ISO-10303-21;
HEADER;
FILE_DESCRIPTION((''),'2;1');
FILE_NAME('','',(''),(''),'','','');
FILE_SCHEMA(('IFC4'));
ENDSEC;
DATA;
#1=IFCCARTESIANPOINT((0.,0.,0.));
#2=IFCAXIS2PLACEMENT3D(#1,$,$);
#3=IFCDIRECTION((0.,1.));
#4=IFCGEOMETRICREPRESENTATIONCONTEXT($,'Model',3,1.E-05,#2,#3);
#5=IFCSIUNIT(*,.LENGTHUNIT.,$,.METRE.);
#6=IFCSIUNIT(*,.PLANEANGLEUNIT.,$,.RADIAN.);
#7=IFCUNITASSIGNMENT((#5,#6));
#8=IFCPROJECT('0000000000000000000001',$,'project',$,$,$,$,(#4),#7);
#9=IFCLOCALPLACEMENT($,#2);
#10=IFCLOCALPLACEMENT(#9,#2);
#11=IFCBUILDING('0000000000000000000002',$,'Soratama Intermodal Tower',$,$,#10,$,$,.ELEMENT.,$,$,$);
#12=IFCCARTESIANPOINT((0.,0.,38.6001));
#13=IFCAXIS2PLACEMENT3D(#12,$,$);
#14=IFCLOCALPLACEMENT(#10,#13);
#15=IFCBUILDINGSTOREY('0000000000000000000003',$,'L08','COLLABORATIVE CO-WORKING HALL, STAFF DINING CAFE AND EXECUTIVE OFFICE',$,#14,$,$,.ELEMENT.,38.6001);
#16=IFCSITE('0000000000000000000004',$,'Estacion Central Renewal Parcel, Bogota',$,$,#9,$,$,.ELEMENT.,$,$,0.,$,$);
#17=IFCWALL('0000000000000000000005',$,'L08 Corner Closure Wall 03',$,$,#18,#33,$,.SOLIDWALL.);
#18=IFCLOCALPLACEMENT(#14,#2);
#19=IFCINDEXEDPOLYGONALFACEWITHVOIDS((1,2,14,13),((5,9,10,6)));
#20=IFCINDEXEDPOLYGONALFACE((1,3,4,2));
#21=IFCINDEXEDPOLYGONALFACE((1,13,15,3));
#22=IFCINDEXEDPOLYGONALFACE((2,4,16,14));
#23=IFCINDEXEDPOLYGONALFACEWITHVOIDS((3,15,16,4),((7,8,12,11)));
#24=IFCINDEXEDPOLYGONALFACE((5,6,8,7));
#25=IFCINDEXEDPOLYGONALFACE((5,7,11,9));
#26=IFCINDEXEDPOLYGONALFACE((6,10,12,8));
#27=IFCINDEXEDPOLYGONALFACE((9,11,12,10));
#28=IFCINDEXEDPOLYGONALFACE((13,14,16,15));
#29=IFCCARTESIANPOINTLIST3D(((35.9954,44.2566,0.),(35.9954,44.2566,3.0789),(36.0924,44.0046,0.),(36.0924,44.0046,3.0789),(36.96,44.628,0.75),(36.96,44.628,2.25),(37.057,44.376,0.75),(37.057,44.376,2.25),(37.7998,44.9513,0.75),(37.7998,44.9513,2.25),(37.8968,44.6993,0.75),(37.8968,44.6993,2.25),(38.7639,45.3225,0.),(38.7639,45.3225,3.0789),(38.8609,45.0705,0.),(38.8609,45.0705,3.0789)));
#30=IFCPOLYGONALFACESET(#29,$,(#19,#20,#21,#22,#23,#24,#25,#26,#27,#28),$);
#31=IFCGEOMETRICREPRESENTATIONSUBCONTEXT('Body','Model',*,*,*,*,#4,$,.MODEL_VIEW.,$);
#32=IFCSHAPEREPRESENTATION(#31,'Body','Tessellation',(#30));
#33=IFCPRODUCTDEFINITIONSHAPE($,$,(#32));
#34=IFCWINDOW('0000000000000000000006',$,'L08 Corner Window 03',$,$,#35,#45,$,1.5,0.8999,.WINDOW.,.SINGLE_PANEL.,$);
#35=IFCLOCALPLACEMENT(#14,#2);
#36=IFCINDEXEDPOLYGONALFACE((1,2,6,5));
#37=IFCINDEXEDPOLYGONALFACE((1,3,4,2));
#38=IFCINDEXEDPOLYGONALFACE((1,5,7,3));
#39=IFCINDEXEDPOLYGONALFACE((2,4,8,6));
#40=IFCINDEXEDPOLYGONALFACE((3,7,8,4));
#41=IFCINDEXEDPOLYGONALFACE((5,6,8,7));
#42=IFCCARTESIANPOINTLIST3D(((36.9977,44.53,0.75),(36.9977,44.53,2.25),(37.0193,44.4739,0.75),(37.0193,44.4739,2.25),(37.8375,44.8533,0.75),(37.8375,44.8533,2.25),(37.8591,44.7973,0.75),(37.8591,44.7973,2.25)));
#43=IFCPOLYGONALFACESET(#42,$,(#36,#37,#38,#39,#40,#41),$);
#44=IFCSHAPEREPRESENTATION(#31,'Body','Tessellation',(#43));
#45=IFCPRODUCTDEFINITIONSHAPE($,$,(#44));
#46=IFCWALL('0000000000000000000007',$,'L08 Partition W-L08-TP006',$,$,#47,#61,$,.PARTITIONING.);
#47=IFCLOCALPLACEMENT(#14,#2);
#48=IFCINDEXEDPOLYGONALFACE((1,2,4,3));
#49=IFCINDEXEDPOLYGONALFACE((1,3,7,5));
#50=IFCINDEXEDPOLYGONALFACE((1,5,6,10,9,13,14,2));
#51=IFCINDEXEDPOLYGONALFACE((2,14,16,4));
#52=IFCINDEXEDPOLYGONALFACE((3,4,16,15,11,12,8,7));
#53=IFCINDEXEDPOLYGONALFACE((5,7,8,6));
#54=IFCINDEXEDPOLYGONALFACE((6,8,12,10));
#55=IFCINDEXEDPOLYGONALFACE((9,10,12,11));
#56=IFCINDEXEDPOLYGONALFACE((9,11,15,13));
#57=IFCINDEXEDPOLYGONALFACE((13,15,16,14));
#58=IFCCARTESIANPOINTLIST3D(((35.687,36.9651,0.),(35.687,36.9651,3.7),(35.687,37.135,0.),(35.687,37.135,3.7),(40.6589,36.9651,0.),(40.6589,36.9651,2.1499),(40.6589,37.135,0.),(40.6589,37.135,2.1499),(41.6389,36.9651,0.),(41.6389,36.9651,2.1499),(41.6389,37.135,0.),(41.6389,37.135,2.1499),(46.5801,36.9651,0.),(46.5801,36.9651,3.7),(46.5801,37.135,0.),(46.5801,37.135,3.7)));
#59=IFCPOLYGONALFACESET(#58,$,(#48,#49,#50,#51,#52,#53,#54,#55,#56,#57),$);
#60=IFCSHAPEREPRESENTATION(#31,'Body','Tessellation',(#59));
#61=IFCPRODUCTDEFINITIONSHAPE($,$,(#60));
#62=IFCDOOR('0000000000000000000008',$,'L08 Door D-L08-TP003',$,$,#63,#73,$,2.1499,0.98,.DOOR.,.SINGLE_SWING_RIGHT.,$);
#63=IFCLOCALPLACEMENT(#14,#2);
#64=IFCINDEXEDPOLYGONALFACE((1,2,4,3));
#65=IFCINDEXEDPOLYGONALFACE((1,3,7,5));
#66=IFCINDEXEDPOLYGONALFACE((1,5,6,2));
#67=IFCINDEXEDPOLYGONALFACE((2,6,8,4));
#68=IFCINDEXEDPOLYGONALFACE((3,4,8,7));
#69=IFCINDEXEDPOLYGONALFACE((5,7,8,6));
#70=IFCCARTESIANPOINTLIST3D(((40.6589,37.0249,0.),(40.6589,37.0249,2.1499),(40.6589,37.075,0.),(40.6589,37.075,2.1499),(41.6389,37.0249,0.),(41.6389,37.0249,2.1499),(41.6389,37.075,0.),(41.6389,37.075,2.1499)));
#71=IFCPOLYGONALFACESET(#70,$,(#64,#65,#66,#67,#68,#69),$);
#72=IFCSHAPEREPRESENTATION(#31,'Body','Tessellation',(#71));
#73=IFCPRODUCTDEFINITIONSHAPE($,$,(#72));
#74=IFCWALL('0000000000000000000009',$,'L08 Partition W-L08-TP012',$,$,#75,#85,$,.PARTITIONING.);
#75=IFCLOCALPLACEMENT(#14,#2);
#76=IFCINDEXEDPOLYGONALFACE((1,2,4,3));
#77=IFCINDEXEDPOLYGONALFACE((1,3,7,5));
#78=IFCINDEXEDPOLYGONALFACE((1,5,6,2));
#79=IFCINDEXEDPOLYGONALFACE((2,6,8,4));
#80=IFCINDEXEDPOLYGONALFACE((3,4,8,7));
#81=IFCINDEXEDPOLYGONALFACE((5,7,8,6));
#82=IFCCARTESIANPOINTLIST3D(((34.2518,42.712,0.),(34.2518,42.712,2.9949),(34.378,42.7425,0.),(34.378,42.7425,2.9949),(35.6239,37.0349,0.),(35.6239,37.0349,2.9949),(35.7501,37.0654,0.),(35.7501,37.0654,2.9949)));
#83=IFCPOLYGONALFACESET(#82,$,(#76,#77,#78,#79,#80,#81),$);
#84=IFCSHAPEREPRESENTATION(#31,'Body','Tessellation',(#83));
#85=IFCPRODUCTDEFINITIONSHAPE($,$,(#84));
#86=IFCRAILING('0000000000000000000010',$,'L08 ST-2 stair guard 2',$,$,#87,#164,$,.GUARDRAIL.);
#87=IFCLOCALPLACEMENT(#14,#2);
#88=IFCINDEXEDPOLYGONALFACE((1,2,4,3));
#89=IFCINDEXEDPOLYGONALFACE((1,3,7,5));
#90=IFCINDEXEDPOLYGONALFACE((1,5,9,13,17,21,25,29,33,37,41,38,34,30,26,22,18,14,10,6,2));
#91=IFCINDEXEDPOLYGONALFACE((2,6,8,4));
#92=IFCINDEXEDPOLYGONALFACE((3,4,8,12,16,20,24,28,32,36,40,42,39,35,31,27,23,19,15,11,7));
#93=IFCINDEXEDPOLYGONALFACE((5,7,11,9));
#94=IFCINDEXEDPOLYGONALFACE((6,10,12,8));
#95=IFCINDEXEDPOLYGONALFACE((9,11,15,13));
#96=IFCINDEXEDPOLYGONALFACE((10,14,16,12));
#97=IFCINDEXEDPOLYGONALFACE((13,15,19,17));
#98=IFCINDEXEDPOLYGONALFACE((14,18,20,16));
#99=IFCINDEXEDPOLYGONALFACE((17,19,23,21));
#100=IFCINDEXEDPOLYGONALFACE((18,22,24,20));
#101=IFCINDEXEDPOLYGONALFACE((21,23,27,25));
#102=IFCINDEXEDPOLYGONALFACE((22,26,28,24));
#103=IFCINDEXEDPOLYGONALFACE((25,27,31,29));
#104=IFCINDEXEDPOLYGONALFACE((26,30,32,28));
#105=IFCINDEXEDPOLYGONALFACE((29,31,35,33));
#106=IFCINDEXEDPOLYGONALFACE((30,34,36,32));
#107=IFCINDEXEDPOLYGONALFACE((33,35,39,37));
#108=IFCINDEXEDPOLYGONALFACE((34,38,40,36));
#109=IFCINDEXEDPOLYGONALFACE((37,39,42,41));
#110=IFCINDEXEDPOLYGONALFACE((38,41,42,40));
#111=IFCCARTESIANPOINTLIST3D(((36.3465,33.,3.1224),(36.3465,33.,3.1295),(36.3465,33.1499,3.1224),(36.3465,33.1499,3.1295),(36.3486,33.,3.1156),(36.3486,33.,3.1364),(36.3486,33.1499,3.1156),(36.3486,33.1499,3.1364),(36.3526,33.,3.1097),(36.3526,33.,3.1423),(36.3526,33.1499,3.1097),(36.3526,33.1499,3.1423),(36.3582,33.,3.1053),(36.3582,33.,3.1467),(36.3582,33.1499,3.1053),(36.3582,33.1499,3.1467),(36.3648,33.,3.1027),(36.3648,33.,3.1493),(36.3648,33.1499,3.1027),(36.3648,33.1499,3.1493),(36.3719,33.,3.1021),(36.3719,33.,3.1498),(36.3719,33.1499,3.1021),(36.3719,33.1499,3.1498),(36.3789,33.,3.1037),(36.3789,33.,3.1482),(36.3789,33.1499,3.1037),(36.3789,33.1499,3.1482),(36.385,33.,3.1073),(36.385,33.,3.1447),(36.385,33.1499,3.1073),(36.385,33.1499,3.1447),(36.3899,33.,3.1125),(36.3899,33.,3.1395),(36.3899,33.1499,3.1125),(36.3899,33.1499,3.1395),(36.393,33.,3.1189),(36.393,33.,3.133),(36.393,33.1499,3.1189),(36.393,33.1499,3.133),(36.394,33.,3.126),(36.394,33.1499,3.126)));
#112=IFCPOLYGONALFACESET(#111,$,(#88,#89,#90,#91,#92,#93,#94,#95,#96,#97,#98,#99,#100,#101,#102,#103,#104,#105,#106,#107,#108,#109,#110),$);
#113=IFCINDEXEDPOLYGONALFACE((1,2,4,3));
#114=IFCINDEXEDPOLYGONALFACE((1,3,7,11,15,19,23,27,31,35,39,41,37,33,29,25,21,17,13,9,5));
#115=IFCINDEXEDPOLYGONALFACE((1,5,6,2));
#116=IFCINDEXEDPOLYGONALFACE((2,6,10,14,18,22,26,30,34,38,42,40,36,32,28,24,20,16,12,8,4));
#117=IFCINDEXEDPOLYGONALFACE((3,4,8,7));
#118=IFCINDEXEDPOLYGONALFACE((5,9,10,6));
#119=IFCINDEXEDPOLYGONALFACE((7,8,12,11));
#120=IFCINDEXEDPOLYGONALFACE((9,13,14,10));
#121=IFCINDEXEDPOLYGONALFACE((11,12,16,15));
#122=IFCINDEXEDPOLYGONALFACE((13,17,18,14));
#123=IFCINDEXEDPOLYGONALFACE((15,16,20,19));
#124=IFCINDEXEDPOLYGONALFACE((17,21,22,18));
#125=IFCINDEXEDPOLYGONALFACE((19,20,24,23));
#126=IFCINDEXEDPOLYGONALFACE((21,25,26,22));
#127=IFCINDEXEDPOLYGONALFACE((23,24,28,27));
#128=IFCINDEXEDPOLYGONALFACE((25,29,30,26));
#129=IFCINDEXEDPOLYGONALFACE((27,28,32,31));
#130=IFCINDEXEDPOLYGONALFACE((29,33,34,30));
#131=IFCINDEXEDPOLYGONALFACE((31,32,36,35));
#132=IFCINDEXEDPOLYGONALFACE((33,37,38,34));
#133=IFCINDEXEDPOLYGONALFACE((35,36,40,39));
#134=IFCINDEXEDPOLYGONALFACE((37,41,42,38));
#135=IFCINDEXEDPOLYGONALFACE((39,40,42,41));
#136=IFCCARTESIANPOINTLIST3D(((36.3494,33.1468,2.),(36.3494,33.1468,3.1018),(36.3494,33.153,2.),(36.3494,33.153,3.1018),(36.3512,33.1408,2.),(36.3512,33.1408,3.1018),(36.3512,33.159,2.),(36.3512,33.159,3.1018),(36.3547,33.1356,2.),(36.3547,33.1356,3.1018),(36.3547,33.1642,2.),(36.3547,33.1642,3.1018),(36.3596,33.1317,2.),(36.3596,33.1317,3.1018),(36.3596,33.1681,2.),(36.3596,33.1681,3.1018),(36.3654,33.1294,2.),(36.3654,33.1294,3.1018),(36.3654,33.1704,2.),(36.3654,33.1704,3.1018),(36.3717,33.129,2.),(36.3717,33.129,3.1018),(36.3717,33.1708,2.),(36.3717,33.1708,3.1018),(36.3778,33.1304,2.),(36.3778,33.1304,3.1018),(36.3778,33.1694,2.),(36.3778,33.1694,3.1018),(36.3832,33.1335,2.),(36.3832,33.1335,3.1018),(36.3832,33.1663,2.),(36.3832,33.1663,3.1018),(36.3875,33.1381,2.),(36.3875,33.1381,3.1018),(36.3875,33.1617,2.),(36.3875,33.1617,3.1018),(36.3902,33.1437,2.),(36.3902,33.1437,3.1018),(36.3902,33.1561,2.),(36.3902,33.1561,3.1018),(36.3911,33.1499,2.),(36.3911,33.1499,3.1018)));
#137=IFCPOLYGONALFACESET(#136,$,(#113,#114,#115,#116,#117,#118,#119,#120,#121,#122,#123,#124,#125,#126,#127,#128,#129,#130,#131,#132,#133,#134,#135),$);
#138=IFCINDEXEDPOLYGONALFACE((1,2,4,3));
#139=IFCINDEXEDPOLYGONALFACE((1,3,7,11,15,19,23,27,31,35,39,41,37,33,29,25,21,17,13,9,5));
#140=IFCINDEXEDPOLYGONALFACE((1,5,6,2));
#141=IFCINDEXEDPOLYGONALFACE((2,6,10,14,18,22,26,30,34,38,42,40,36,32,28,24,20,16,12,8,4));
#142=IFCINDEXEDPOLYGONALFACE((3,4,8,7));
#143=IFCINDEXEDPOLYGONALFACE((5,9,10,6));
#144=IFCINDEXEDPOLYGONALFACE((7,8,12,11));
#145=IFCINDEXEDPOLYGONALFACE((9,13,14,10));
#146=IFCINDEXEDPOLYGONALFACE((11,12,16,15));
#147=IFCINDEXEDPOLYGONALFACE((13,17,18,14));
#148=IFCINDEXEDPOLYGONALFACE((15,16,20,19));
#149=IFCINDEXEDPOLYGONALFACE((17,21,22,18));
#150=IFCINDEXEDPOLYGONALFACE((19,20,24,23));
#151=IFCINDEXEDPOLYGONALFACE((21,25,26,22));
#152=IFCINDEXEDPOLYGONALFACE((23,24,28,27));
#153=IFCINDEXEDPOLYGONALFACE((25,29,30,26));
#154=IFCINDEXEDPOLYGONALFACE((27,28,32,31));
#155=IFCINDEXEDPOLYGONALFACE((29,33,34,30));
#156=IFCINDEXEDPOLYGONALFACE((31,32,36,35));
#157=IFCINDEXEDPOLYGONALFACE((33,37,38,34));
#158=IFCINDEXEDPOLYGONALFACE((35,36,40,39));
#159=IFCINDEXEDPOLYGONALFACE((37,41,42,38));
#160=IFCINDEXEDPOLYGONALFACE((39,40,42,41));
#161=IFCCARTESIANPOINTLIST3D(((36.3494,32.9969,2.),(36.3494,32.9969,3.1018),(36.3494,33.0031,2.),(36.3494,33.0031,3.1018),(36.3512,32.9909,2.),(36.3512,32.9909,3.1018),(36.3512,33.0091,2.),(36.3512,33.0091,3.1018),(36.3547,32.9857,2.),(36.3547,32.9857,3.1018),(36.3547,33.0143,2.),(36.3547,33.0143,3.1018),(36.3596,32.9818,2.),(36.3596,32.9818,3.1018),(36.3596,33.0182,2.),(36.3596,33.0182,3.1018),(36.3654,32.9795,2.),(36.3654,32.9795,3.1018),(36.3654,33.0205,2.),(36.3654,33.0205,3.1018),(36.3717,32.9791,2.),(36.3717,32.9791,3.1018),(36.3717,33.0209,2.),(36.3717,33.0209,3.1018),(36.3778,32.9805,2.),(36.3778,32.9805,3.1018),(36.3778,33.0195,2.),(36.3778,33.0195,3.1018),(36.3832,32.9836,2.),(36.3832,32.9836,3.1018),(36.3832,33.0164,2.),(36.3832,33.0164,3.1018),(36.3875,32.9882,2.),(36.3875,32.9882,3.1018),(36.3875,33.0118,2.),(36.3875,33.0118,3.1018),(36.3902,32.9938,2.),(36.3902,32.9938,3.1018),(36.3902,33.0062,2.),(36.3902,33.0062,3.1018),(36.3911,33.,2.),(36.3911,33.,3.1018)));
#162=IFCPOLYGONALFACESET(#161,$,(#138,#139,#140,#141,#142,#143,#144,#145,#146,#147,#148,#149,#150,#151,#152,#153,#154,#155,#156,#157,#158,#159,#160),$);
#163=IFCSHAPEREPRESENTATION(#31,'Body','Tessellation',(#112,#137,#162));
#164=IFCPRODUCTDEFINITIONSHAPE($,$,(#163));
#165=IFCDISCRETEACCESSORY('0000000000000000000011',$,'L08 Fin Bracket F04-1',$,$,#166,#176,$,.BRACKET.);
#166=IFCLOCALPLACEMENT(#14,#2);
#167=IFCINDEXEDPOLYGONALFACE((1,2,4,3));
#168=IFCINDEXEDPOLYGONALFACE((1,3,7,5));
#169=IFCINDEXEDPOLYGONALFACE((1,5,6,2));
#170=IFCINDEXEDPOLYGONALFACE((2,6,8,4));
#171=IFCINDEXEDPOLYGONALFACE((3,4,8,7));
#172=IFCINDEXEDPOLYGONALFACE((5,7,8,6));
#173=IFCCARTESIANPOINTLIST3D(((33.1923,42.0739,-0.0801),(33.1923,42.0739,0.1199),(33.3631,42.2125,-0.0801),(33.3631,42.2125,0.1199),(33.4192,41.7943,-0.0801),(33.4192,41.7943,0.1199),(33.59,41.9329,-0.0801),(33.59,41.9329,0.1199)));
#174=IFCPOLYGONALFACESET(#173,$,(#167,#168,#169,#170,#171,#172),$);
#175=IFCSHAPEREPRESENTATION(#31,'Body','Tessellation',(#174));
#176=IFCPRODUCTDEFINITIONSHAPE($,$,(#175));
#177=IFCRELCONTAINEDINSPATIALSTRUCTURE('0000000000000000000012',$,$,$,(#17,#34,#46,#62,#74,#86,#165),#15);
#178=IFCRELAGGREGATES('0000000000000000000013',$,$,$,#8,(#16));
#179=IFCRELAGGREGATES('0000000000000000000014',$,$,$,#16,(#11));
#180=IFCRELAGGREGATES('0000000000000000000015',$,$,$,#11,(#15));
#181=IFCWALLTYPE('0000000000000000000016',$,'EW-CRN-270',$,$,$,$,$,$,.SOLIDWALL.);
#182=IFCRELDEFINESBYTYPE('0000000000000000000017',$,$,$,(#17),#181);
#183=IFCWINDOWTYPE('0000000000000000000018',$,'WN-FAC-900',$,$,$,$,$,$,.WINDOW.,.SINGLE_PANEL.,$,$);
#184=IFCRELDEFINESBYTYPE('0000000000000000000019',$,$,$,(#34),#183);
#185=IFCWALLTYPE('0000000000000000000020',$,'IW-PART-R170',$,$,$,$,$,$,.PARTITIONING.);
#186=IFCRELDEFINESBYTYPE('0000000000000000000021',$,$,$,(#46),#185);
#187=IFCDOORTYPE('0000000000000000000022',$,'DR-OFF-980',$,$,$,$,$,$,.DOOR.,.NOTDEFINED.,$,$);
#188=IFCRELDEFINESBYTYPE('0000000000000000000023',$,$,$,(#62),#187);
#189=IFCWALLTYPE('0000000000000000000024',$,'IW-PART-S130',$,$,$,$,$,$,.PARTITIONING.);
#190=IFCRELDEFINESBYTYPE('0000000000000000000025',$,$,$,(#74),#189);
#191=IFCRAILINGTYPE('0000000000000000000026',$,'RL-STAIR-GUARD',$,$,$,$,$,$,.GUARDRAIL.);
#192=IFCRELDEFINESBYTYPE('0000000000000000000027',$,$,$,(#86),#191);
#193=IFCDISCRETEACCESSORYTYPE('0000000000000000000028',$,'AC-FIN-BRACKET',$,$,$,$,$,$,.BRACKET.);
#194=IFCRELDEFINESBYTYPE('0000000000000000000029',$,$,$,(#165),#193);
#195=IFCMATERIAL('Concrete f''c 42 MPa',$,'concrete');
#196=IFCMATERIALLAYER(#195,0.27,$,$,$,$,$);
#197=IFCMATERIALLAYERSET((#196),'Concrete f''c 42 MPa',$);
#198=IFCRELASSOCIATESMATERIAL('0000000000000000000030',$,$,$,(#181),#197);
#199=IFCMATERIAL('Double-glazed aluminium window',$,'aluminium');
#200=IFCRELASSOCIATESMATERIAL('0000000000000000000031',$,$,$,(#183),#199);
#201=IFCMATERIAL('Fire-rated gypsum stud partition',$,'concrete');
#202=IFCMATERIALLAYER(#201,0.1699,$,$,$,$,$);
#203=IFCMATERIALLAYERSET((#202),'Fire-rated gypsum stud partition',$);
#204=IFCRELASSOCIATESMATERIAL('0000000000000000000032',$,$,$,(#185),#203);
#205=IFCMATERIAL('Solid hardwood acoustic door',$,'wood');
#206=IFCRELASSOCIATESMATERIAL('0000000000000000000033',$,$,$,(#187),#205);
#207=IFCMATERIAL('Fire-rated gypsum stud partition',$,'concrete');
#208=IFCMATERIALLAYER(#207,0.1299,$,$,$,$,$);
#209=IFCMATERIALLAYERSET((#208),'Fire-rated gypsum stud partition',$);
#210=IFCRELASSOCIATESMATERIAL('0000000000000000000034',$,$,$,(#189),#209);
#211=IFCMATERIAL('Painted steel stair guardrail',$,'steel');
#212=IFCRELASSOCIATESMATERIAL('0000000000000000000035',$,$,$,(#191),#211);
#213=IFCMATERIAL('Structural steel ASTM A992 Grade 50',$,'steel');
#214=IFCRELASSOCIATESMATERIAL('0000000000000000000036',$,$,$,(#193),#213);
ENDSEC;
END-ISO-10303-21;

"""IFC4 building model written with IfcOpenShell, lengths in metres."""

from ifc_helpers import new_model, si_unit, direction, frame, frame_2d, origin, origin_2d, place, context, subcontext, project, spatial, rectangle, circle, extrude, material, layer, layer_set, type_object, element, fill, save


model = new_model("IFC4")

# Units and contexts
model_context = context("Model", 3, precision=1e-05, world=origin(), true_north=direction((0.0, 1.0)))
body_context = subcontext(model_context, "Body", "Model", "MODEL_VIEW")
ifc_project = project(units=[si_unit("LENGTHUNIT", "METRE"), si_unit("PLANEANGLEUNIT", "RADIAN")], contexts=[model_context])

# Site, building, storey
site_placement = place(None, origin())
site = spatial("IfcSite", under=ifc_project, at=site_placement, Name="Estacion Central Renewal Parcel, Bogota", CompositionType="ELEMENT", RefElevation=0.0)
building_placement = place(site_placement, origin())
building = spatial("IfcBuilding", under=site, at=building_placement, Name="Soratama Intermodal Tower", CompositionType="ELEMENT")
storey_placement = place(building_placement, frame((0.0, 0.0, 38.6001)))
storey = spatial("IfcBuildingStorey", under=building, at=storey_placement, Name="L08", Description="COLLABORATIVE CO-WORKING HALL, STAFF DINING CAFE AND EXECUTIVE OFFICE", CompositionType="ELEMENT", Elevation=38.6001)

# Wall, opening, window
ifc_material_1 = material(Name="Concrete f'c 42 MPa", Category="concrete")
ifc_layer_1 = layer(ifc_material_1, 0.27)
ifc_layer_set_1 = layer_set([ifc_layer_1], Name="Concrete f'c 42 MPa")
wall_type_1 = type_object("IfcWallType", Name="EW-CRN-270", PredefinedType="SOLIDWALL", material=ifc_layer_set_1)
wall_1_placement = place(storey_placement, frame((38.8125, 45.1965, 0.0), z_axis=(0.0, 0.0, 1.0), x_axis=(-0.933223, -0.359299, 0.0)))
wall_1 = element("IfcWall", 1, at=wall_1_placement, inside=storey, type_object=wall_type_1, Name="L08 Corner Closure Wall 03", PredefinedType="SOLIDWALL", context=body_context, shape_type="SweptSolid", body=[
    extrude(rectangle(XDim=2.9666, YDim=0.27, at=frame_2d((1.4834, 0.0))), origin(), (0.0, 0.0, 1.0), 3.0789),
])
opening_1_placement = place(wall_1_placement, frame((1.0332, 0.0, 0.75)))
opening_1 = element("IfcOpeningElement", 2, at=opening_1_placement, cuts=wall_1, PredefinedType="OPENING", context=body_context, shape_type="SweptSolid", body=[
    extrude(rectangle(XDim=0.8999, YDim=1.5, at=frame_2d((0.45, 0.75))), frame((0.0, 0.145, 0.0), z_axis=(0.0, -1.0, 0.0), x_axis=(1.0, 0.0, 0.0)), (0.0, 0.0, 1.0), 0.29),
])
ifc_material_2 = material(Name="Double-glazed aluminium window", Category="aluminium")
window_type = type_object("IfcWindowType", Name="WN-FAC-900", PartitioningType="SINGLE_PANEL", PredefinedType="WINDOW", material=ifc_material_2)
window_placement = place(opening_1_placement, origin())
window = element("IfcWindow", 3, at=window_placement, inside=storey, type_object=window_type, Name="L08 Corner Window 03", OverallHeight=1.5, OverallWidth=0.8999, PartitioningType="SINGLE_PANEL", PredefinedType="WINDOW", context=body_context, shape_type="SweptSolid", body=[
    extrude(rectangle(XDim=0.8999, YDim=1.5, at=frame_2d((0.45, 0.75))), frame((0.0, 0.03, 0.0), z_axis=(0.0, -1.0, 0.0), x_axis=(1.0, 0.0, 0.0)), (0.0, 0.0, 1.0), 0.0601),
])
fill(opening_1, window)

# Wall, opening, door
ifc_material_3 = material(Name="Fire-rated gypsum stud partition", Category="concrete")
ifc_layer_2 = layer(ifc_material_3, 0.1699)
ifc_layer_set_2 = layer_set([ifc_layer_2], Name="Fire-rated gypsum stud partition")
wall_type_2 = type_object("IfcWallType", Name="IW-PART-R170", PredefinedType="PARTITIONING", material=ifc_layer_set_2)
wall_2_placement = place(storey_placement, frame((35.687, 37.05, 0.0), z_axis=(0.0, 0.0, 1.0), x_axis=(1.0, 0.0, 0.0)))
wall_2 = element("IfcWall", 4, at=wall_2_placement, inside=storey, type_object=wall_type_2, Name="L08 Partition W-L08-TP006", PredefinedType="PARTITIONING", context=body_context, shape_type="SweptSolid", body=[
    extrude(rectangle(XDim=10.8931, YDim=0.1699, at=frame_2d((5.4465, 0.0))), origin(), (0.0, 0.0, 1.0), 3.7),
])
opening_2_placement = place(wall_2_placement, frame((4.9719, 0.0, 0.0)))
opening_2 = element("IfcOpeningElement", 5, at=opening_2_placement, cuts=wall_2, PredefinedType="OPENING", context=body_context, shape_type="SweptSolid", body=[
    extrude(rectangle(XDim=0.98, YDim=2.1499, at=frame_2d((0.49, 1.075))), frame((0.0, 0.095, 0.0), z_axis=(0.0, -1.0, 0.0), x_axis=(1.0, 0.0, 0.0)), (0.0, 0.0, 1.0), 0.1899),
])
ifc_material_4 = material(Name="Solid hardwood acoustic door", Category="wood")
door_type = type_object("IfcDoorType", Name="DR-OFF-980", OperationType="NOTDEFINED", PredefinedType="DOOR", material=ifc_material_4)
door_placement = place(opening_2_placement, origin())
door = element("IfcDoor", 6, at=door_placement, inside=storey, type_object=door_type, Name="L08 Door D-L08-TP003", OperationType="SINGLE_SWING_RIGHT", OverallHeight=2.1499, OverallWidth=0.98, PredefinedType="DOOR", context=body_context, shape_type="SweptSolid", body=[
    extrude(rectangle(XDim=0.98, YDim=2.1499, at=frame_2d((0.49, 1.075))), frame((0.0, 0.0249, 0.0), z_axis=(0.0, -1.0, 0.0), x_axis=(1.0, 0.0, 0.0)), (0.0, 0.0, 1.0), 0.05),
])
fill(opening_2, door)

# Wall
ifc_material_5 = material(Name="Fire-rated gypsum stud partition", Category="concrete")
ifc_layer_3 = layer(ifc_material_5, 0.1299)
ifc_layer_set_3 = layer_set([ifc_layer_3], Name="Fire-rated gypsum stud partition")
wall_type_3 = type_object("IfcWallType", Name="IW-PART-S130", PredefinedType="PARTITIONING", material=ifc_layer_set_3)
wall_3_placement = place(storey_placement, frame((35.687, 37.05, 0.0), z_axis=(0.0, 0.0, 1.0), x_axis=(-0.234925, 0.972013, 0.0)))
element("IfcWall", 7, at=wall_3_placement, inside=storey, type_object=wall_type_3, Name="L08 Partition W-L08-TP012", PredefinedType="PARTITIONING", context=body_context, shape_type="SweptSolid", body=[
    extrude(rectangle(XDim=5.8406, YDim=0.1299, at=frame_2d((2.9204, 0.0))), origin(), (0.0, 0.0, 1.0), 2.9949),
])

# Railing
ifc_material_6 = material(Name="Painted steel stair guardrail", Category="steel")
railing_type_1 = type_object("IfcRailingType", Name="RL-STAIR-GUARD", PredefinedType="GUARDRAIL", material=ifc_material_6)
railing_1_placement = place(storey_placement, frame((36.3701, 33.1499, 2.0)))
element("IfcRailing", 8, at=railing_1_placement, inside=storey, type_object=railing_type_1, Name="L08 ST-2 stair guard 2", PredefinedType="GUARDRAIL", context=body_context, shape_type="SweptSolid", body=[
    extrude(circle(Radius=0.0239, at=origin_2d()), frame((0.0, 0.0, 1.126), z_axis=(0.0, -1.0, 0.0), x_axis=(1.0, 0.0, 0.0)), (0.0, 0.0, 1.0), 0.1499),
    extrude(circle(Radius=0.021, at=origin_2d()), origin(), (0.0, 0.0, 1.0), 1.1018),
    extrude(circle(Radius=0.021, at=origin_2d()), frame((0.0, -0.1499, 0.0)), (0.0, 0.0, 1.0), 1.1018),
])

# Discrete accessory
ifc_material_7 = material(Name="Structural steel ASTM A992 Grade 50", Category="steel")
discrete_accessory_type = type_object("IfcDiscreteAccessoryType", Name="AC-FIN-BRACKET", PredefinedType="BRACKET", material=ifc_material_7)
discrete_accessory_placement = place(storey_placement, frame((33.3911, 42.0034, -0.0801), z_axis=(0.0, 0.0, 1.0), x_axis=(-0.630134, 0.776487, 0.0)))
element("IfcDiscreteAccessory", 9, at=discrete_accessory_placement, inside=storey, type_object=discrete_accessory_type, Name="L08 Fin Bracket F04-1", PredefinedType="BRACKET", context=body_context, shape_type="SweptSolid", body=[
    extrude(rectangle(XDim=0.3601, YDim=0.22, at=origin_2d()), origin(), (0.0, 0.0, 1.0), 0.2),
])

save(model, "model.ifc")
